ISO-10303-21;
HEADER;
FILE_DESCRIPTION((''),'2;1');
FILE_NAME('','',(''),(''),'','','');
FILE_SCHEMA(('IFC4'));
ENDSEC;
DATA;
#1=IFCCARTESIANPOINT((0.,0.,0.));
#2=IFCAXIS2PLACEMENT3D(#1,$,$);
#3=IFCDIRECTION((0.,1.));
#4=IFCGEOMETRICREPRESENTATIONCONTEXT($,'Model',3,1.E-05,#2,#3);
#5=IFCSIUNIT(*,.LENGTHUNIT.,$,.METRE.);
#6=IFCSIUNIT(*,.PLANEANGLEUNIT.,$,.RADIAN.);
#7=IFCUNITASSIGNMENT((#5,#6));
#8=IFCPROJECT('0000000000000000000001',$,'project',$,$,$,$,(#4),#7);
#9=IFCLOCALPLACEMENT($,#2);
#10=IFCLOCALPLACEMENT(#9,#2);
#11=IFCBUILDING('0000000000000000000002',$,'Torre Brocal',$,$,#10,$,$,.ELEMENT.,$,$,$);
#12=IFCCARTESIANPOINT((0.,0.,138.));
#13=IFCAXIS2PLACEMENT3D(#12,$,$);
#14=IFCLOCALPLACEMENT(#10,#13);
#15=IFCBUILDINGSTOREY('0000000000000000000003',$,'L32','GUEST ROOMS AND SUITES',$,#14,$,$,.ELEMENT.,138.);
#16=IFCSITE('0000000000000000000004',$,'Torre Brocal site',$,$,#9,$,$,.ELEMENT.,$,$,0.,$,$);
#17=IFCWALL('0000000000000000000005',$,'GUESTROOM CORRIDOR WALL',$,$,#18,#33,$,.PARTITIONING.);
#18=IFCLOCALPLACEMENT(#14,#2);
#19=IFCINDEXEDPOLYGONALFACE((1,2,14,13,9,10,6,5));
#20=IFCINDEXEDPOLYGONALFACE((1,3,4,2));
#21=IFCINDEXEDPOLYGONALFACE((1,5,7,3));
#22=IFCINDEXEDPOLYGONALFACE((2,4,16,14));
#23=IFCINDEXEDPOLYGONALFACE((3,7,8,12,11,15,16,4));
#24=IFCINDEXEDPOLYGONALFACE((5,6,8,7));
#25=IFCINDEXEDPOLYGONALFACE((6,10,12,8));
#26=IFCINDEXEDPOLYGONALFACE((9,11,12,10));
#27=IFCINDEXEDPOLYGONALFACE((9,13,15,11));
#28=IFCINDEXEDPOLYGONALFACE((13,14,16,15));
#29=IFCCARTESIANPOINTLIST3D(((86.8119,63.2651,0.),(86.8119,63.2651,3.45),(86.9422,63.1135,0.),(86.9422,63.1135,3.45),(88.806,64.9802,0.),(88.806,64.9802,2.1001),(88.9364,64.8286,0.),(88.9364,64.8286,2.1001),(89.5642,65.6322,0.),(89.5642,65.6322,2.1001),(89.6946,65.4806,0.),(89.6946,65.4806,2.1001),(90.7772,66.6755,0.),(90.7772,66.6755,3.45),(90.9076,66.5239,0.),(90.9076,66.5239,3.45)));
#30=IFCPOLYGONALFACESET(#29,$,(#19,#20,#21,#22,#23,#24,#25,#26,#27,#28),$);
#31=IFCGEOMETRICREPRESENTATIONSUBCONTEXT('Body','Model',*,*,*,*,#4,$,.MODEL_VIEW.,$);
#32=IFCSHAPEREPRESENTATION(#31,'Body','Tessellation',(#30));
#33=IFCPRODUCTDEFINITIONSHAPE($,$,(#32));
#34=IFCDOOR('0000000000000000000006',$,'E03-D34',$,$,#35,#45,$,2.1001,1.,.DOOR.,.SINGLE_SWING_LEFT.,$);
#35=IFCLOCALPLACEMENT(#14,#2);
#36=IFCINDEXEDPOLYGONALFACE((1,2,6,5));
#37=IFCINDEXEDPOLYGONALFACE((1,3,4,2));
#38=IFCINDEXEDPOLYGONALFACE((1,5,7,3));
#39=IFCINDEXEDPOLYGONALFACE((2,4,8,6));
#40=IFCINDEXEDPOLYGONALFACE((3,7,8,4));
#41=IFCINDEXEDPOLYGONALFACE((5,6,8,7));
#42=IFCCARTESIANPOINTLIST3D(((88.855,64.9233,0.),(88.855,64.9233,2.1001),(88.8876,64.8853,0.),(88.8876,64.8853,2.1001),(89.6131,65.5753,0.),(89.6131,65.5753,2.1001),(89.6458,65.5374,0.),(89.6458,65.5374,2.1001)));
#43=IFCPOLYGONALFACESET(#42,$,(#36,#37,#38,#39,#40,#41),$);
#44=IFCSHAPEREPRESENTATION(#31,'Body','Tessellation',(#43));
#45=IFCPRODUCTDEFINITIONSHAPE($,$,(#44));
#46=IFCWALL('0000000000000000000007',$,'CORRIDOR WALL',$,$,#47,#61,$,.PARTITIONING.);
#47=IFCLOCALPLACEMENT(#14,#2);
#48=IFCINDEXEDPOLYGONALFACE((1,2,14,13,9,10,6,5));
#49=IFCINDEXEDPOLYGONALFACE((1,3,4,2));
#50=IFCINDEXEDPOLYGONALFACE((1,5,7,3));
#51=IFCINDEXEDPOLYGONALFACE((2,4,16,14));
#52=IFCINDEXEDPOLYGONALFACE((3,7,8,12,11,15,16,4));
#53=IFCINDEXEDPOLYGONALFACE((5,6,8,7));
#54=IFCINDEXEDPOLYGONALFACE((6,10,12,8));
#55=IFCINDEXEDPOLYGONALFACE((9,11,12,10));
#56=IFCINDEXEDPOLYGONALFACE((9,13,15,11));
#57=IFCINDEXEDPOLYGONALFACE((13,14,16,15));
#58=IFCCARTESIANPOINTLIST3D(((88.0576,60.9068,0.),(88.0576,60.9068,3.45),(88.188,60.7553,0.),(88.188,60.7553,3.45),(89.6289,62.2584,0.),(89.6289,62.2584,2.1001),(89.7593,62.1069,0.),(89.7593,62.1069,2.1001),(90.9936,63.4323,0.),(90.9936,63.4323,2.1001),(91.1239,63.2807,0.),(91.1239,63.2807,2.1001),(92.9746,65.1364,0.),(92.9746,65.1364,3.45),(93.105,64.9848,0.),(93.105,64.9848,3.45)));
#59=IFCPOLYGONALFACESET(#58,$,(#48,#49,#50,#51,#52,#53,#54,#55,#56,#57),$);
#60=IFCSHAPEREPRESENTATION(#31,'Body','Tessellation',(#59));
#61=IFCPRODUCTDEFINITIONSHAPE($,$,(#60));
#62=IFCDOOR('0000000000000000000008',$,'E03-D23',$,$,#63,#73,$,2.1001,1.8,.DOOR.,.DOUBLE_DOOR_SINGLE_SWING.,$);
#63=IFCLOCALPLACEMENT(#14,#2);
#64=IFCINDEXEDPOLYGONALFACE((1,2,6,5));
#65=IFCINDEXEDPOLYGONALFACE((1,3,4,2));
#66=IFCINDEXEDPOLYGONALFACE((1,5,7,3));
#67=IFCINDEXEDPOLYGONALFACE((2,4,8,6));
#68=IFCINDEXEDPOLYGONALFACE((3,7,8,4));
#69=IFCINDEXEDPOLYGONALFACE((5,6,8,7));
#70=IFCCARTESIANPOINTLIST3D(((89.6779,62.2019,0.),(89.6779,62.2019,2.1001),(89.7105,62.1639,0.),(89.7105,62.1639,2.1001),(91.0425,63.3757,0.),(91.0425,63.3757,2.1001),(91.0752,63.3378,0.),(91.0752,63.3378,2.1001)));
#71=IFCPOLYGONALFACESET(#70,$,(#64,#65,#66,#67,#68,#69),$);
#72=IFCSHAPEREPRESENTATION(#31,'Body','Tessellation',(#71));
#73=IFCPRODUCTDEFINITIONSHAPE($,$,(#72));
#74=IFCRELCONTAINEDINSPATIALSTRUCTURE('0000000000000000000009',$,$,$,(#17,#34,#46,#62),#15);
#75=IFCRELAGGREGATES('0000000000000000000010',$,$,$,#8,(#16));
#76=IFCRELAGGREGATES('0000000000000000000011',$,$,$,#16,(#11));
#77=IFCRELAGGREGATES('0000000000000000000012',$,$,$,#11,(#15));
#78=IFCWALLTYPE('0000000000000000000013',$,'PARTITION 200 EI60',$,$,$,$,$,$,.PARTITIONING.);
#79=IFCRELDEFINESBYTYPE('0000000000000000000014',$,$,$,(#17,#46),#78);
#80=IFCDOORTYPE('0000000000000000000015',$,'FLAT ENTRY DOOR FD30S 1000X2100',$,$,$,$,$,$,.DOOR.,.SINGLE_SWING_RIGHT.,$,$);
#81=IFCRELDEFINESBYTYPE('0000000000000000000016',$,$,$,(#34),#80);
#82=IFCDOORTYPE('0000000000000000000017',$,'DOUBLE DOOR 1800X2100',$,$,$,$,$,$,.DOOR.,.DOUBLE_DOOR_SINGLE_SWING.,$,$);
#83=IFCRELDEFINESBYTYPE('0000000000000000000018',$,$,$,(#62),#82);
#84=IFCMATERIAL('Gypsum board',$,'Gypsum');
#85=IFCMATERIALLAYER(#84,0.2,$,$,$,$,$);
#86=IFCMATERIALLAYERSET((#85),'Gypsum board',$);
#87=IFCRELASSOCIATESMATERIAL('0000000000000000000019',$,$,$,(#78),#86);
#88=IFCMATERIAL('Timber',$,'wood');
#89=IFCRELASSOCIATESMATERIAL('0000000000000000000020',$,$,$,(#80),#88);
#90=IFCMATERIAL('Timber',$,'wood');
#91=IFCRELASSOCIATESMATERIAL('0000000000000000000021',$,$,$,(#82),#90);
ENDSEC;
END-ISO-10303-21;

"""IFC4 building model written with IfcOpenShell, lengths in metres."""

from ifc_helpers import new_model, si_unit, direction, frame, frame_2d, origin, place, context, subcontext, project, spatial, rectangle, extrude, material, layer, layer_set, type_object, element, fill, save


model = new_model("IFC4")

# Units and contexts
model_context = context("Model", 3, precision=1e-05, world=origin(), true_north=direction((0.0, 1.0)))
body_context = subcontext(model_context, "Body", "Model", "MODEL_VIEW")
ifc_project = project(units=[si_unit("LENGTHUNIT", "METRE"), si_unit("PLANEANGLEUNIT", "RADIAN")], contexts=[model_context])

# Site, building, storey
site_placement = place(None, origin())
site = spatial("IfcSite", under=ifc_project, at=site_placement, Name="Torre Brocal site", CompositionType="ELEMENT", RefElevation=0.0)
building_placement = place(site_placement, origin())
building = spatial("IfcBuilding", under=site, at=building_placement, Name="Torre Brocal", CompositionType="ELEMENT")
storey_placement = place(building_placement, frame((0.0, 0.0, 138.0)))
storey = spatial("IfcBuildingStorey", under=building, at=storey_placement, Name="L32", Description="GUEST ROOMS AND SUITES", CompositionType="ELEMENT", Elevation=138.0)

# Shared definitions
ifc_material_1 = material(Name="Gypsum board", Category="Gypsum")
ifc_layer_1 = layer(ifc_material_1, 0.2)
ifc_layer_set_1 = layer_set([ifc_layer_1], Name="Gypsum board")
wall_type_1 = type_object("IfcWallType", Name="PARTITION 200 EI60", PredefinedType="PARTITIONING", material=ifc_layer_set_1)

# Walls, openings, doors
wall_1_placement = place(storey_placement, frame((86.877, 63.1892, 0.0), z_axis=(0.0, 0.0, 1.0), x_axis=(0.758165, 0.652063, 0.0)))
wall_1 = element("IfcWall", 1, at=wall_1_placement, inside=storey, type_object=wall_type_1, Name="GUESTROOM CORRIDOR WALL", PredefinedType="PARTITIONING", context=body_context, shape_type="SweptSolid", body=[
    extrude(rectangle(XDim=5.2302, YDim=0.2, at=frame_2d((2.6152, 0.0))), origin(), (0.0, 0.0, 1.0), 3.45),
])
opening_1_placement = place(wall_1_placement, frame((2.6304, 0.0, 0.0)))
opening_1 = element("IfcOpeningElement", 2, at=opening_1_placement, cuts=wall_1, PredefinedType="OPENING", context=body_context, shape_type="SweptSolid", body=[
    extrude(rectangle(XDim=1.0, YDim=2.1001, at=frame_2d((0.5, 1.05))), frame((0.0, 0.1099, 0.0), z_axis=(0.0, -1.0, 0.0), x_axis=(1.0, 0.0, 0.0)), (0.0, 0.0, 1.0), 0.22),
])
ifc_material_2 = material(Name="Timber", Category="wood")
door_type_1 = type_object("IfcDoorType", Name="FLAT ENTRY DOOR FD30S 1000X2100", OperationType="SINGLE_SWING_RIGHT", PredefinedType="DOOR", material=ifc_material_2)
door_1_placement = place(opening_1_placement, origin())
door_1 = element("IfcDoor", 3, at=door_1_placement, inside=storey, type_object=door_type_1, Name="E03-D34", OperationType="SINGLE_SWING_LEFT", OverallHeight=2.1001, OverallWidth=1.0, PredefinedType="DOOR", context=body_context, shape_type="SweptSolid", body=[
    extrude(rectangle(XDim=1.0, YDim=2.1001, at=frame_2d((0.5, 1.05))), frame((0.0, 0.0249, 0.0), z_axis=(0.0, -1.0, 0.0), x_axis=(1.0, 0.0, 0.0)), (0.0, 0.0, 1.0), 0.05),
])
fill(opening_1, door_1)
wall_2_placement = place(storey_placement, frame((88.1228, 60.8311, 0.0), z_axis=(0.0, 0.0, 1.0), x_axis=(0.758118, 0.652117, 0.0)))
wall_2 = element("IfcWall", 4, at=wall_2_placement, inside=storey, type_object=wall_type_1, Name="CORRIDOR WALL", PredefinedType="PARTITIONING", context=body_context, shape_type="SweptSolid", body=[
    extrude(rectangle(XDim=6.4858, YDim=0.2, at=frame_2d((3.2429, 0.0))), origin(), (0.0, 0.0, 1.0), 3.45),
])
opening_2_placement = place(wall_2_placement, frame((2.0728, 0.0, 0.0)))
opening_2 = element("IfcOpeningElement", 5, at=opening_2_placement, cuts=wall_2, PredefinedType="OPENING", context=body_context, shape_type="SweptSolid", body=[
    extrude(rectangle(XDim=1.8, YDim=2.1001, at=frame_2d((0.8999, 1.05))), frame((0.0, 0.1099, 0.0), z_axis=(0.0, -1.0, 0.0), x_axis=(1.0, 0.0, 0.0)), (0.0, 0.0, 1.0), 0.22),
])
ifc_material_3 = material(Name="Timber", Category="wood")
door_type_2 = type_object("IfcDoorType", Name="DOUBLE DOOR 1800X2100", OperationType="DOUBLE_DOOR_SINGLE_SWING", PredefinedType="DOOR", material=ifc_material_3)
door_2_placement = place(opening_2_placement, frame((1.8, 0.0, 0.0), z_axis=(0.0, 0.0, 1.0), x_axis=(-1.0, 0.0, 0.0)))
door_2 = element("IfcDoor", 6, at=door_2_placement, inside=storey, type_object=door_type_2, Name="E03-D23", OperationType="DOUBLE_DOOR_SINGLE_SWING", OverallHeight=2.1001, OverallWidth=1.8, PredefinedType="DOOR", context=body_context, shape_type="SweptSolid", body=[
    extrude(rectangle(XDim=1.8, YDim=2.1001, at=frame_2d((0.8999, 1.05))), frame((0.0, 0.0249, 0.0), z_axis=(0.0, -1.0, 0.0), x_axis=(1.0, 0.0, 0.0)), (0.0, 0.0, 1.0), 0.05),
])
fill(opening_2, door_2)

save(model, "model.ifc")
